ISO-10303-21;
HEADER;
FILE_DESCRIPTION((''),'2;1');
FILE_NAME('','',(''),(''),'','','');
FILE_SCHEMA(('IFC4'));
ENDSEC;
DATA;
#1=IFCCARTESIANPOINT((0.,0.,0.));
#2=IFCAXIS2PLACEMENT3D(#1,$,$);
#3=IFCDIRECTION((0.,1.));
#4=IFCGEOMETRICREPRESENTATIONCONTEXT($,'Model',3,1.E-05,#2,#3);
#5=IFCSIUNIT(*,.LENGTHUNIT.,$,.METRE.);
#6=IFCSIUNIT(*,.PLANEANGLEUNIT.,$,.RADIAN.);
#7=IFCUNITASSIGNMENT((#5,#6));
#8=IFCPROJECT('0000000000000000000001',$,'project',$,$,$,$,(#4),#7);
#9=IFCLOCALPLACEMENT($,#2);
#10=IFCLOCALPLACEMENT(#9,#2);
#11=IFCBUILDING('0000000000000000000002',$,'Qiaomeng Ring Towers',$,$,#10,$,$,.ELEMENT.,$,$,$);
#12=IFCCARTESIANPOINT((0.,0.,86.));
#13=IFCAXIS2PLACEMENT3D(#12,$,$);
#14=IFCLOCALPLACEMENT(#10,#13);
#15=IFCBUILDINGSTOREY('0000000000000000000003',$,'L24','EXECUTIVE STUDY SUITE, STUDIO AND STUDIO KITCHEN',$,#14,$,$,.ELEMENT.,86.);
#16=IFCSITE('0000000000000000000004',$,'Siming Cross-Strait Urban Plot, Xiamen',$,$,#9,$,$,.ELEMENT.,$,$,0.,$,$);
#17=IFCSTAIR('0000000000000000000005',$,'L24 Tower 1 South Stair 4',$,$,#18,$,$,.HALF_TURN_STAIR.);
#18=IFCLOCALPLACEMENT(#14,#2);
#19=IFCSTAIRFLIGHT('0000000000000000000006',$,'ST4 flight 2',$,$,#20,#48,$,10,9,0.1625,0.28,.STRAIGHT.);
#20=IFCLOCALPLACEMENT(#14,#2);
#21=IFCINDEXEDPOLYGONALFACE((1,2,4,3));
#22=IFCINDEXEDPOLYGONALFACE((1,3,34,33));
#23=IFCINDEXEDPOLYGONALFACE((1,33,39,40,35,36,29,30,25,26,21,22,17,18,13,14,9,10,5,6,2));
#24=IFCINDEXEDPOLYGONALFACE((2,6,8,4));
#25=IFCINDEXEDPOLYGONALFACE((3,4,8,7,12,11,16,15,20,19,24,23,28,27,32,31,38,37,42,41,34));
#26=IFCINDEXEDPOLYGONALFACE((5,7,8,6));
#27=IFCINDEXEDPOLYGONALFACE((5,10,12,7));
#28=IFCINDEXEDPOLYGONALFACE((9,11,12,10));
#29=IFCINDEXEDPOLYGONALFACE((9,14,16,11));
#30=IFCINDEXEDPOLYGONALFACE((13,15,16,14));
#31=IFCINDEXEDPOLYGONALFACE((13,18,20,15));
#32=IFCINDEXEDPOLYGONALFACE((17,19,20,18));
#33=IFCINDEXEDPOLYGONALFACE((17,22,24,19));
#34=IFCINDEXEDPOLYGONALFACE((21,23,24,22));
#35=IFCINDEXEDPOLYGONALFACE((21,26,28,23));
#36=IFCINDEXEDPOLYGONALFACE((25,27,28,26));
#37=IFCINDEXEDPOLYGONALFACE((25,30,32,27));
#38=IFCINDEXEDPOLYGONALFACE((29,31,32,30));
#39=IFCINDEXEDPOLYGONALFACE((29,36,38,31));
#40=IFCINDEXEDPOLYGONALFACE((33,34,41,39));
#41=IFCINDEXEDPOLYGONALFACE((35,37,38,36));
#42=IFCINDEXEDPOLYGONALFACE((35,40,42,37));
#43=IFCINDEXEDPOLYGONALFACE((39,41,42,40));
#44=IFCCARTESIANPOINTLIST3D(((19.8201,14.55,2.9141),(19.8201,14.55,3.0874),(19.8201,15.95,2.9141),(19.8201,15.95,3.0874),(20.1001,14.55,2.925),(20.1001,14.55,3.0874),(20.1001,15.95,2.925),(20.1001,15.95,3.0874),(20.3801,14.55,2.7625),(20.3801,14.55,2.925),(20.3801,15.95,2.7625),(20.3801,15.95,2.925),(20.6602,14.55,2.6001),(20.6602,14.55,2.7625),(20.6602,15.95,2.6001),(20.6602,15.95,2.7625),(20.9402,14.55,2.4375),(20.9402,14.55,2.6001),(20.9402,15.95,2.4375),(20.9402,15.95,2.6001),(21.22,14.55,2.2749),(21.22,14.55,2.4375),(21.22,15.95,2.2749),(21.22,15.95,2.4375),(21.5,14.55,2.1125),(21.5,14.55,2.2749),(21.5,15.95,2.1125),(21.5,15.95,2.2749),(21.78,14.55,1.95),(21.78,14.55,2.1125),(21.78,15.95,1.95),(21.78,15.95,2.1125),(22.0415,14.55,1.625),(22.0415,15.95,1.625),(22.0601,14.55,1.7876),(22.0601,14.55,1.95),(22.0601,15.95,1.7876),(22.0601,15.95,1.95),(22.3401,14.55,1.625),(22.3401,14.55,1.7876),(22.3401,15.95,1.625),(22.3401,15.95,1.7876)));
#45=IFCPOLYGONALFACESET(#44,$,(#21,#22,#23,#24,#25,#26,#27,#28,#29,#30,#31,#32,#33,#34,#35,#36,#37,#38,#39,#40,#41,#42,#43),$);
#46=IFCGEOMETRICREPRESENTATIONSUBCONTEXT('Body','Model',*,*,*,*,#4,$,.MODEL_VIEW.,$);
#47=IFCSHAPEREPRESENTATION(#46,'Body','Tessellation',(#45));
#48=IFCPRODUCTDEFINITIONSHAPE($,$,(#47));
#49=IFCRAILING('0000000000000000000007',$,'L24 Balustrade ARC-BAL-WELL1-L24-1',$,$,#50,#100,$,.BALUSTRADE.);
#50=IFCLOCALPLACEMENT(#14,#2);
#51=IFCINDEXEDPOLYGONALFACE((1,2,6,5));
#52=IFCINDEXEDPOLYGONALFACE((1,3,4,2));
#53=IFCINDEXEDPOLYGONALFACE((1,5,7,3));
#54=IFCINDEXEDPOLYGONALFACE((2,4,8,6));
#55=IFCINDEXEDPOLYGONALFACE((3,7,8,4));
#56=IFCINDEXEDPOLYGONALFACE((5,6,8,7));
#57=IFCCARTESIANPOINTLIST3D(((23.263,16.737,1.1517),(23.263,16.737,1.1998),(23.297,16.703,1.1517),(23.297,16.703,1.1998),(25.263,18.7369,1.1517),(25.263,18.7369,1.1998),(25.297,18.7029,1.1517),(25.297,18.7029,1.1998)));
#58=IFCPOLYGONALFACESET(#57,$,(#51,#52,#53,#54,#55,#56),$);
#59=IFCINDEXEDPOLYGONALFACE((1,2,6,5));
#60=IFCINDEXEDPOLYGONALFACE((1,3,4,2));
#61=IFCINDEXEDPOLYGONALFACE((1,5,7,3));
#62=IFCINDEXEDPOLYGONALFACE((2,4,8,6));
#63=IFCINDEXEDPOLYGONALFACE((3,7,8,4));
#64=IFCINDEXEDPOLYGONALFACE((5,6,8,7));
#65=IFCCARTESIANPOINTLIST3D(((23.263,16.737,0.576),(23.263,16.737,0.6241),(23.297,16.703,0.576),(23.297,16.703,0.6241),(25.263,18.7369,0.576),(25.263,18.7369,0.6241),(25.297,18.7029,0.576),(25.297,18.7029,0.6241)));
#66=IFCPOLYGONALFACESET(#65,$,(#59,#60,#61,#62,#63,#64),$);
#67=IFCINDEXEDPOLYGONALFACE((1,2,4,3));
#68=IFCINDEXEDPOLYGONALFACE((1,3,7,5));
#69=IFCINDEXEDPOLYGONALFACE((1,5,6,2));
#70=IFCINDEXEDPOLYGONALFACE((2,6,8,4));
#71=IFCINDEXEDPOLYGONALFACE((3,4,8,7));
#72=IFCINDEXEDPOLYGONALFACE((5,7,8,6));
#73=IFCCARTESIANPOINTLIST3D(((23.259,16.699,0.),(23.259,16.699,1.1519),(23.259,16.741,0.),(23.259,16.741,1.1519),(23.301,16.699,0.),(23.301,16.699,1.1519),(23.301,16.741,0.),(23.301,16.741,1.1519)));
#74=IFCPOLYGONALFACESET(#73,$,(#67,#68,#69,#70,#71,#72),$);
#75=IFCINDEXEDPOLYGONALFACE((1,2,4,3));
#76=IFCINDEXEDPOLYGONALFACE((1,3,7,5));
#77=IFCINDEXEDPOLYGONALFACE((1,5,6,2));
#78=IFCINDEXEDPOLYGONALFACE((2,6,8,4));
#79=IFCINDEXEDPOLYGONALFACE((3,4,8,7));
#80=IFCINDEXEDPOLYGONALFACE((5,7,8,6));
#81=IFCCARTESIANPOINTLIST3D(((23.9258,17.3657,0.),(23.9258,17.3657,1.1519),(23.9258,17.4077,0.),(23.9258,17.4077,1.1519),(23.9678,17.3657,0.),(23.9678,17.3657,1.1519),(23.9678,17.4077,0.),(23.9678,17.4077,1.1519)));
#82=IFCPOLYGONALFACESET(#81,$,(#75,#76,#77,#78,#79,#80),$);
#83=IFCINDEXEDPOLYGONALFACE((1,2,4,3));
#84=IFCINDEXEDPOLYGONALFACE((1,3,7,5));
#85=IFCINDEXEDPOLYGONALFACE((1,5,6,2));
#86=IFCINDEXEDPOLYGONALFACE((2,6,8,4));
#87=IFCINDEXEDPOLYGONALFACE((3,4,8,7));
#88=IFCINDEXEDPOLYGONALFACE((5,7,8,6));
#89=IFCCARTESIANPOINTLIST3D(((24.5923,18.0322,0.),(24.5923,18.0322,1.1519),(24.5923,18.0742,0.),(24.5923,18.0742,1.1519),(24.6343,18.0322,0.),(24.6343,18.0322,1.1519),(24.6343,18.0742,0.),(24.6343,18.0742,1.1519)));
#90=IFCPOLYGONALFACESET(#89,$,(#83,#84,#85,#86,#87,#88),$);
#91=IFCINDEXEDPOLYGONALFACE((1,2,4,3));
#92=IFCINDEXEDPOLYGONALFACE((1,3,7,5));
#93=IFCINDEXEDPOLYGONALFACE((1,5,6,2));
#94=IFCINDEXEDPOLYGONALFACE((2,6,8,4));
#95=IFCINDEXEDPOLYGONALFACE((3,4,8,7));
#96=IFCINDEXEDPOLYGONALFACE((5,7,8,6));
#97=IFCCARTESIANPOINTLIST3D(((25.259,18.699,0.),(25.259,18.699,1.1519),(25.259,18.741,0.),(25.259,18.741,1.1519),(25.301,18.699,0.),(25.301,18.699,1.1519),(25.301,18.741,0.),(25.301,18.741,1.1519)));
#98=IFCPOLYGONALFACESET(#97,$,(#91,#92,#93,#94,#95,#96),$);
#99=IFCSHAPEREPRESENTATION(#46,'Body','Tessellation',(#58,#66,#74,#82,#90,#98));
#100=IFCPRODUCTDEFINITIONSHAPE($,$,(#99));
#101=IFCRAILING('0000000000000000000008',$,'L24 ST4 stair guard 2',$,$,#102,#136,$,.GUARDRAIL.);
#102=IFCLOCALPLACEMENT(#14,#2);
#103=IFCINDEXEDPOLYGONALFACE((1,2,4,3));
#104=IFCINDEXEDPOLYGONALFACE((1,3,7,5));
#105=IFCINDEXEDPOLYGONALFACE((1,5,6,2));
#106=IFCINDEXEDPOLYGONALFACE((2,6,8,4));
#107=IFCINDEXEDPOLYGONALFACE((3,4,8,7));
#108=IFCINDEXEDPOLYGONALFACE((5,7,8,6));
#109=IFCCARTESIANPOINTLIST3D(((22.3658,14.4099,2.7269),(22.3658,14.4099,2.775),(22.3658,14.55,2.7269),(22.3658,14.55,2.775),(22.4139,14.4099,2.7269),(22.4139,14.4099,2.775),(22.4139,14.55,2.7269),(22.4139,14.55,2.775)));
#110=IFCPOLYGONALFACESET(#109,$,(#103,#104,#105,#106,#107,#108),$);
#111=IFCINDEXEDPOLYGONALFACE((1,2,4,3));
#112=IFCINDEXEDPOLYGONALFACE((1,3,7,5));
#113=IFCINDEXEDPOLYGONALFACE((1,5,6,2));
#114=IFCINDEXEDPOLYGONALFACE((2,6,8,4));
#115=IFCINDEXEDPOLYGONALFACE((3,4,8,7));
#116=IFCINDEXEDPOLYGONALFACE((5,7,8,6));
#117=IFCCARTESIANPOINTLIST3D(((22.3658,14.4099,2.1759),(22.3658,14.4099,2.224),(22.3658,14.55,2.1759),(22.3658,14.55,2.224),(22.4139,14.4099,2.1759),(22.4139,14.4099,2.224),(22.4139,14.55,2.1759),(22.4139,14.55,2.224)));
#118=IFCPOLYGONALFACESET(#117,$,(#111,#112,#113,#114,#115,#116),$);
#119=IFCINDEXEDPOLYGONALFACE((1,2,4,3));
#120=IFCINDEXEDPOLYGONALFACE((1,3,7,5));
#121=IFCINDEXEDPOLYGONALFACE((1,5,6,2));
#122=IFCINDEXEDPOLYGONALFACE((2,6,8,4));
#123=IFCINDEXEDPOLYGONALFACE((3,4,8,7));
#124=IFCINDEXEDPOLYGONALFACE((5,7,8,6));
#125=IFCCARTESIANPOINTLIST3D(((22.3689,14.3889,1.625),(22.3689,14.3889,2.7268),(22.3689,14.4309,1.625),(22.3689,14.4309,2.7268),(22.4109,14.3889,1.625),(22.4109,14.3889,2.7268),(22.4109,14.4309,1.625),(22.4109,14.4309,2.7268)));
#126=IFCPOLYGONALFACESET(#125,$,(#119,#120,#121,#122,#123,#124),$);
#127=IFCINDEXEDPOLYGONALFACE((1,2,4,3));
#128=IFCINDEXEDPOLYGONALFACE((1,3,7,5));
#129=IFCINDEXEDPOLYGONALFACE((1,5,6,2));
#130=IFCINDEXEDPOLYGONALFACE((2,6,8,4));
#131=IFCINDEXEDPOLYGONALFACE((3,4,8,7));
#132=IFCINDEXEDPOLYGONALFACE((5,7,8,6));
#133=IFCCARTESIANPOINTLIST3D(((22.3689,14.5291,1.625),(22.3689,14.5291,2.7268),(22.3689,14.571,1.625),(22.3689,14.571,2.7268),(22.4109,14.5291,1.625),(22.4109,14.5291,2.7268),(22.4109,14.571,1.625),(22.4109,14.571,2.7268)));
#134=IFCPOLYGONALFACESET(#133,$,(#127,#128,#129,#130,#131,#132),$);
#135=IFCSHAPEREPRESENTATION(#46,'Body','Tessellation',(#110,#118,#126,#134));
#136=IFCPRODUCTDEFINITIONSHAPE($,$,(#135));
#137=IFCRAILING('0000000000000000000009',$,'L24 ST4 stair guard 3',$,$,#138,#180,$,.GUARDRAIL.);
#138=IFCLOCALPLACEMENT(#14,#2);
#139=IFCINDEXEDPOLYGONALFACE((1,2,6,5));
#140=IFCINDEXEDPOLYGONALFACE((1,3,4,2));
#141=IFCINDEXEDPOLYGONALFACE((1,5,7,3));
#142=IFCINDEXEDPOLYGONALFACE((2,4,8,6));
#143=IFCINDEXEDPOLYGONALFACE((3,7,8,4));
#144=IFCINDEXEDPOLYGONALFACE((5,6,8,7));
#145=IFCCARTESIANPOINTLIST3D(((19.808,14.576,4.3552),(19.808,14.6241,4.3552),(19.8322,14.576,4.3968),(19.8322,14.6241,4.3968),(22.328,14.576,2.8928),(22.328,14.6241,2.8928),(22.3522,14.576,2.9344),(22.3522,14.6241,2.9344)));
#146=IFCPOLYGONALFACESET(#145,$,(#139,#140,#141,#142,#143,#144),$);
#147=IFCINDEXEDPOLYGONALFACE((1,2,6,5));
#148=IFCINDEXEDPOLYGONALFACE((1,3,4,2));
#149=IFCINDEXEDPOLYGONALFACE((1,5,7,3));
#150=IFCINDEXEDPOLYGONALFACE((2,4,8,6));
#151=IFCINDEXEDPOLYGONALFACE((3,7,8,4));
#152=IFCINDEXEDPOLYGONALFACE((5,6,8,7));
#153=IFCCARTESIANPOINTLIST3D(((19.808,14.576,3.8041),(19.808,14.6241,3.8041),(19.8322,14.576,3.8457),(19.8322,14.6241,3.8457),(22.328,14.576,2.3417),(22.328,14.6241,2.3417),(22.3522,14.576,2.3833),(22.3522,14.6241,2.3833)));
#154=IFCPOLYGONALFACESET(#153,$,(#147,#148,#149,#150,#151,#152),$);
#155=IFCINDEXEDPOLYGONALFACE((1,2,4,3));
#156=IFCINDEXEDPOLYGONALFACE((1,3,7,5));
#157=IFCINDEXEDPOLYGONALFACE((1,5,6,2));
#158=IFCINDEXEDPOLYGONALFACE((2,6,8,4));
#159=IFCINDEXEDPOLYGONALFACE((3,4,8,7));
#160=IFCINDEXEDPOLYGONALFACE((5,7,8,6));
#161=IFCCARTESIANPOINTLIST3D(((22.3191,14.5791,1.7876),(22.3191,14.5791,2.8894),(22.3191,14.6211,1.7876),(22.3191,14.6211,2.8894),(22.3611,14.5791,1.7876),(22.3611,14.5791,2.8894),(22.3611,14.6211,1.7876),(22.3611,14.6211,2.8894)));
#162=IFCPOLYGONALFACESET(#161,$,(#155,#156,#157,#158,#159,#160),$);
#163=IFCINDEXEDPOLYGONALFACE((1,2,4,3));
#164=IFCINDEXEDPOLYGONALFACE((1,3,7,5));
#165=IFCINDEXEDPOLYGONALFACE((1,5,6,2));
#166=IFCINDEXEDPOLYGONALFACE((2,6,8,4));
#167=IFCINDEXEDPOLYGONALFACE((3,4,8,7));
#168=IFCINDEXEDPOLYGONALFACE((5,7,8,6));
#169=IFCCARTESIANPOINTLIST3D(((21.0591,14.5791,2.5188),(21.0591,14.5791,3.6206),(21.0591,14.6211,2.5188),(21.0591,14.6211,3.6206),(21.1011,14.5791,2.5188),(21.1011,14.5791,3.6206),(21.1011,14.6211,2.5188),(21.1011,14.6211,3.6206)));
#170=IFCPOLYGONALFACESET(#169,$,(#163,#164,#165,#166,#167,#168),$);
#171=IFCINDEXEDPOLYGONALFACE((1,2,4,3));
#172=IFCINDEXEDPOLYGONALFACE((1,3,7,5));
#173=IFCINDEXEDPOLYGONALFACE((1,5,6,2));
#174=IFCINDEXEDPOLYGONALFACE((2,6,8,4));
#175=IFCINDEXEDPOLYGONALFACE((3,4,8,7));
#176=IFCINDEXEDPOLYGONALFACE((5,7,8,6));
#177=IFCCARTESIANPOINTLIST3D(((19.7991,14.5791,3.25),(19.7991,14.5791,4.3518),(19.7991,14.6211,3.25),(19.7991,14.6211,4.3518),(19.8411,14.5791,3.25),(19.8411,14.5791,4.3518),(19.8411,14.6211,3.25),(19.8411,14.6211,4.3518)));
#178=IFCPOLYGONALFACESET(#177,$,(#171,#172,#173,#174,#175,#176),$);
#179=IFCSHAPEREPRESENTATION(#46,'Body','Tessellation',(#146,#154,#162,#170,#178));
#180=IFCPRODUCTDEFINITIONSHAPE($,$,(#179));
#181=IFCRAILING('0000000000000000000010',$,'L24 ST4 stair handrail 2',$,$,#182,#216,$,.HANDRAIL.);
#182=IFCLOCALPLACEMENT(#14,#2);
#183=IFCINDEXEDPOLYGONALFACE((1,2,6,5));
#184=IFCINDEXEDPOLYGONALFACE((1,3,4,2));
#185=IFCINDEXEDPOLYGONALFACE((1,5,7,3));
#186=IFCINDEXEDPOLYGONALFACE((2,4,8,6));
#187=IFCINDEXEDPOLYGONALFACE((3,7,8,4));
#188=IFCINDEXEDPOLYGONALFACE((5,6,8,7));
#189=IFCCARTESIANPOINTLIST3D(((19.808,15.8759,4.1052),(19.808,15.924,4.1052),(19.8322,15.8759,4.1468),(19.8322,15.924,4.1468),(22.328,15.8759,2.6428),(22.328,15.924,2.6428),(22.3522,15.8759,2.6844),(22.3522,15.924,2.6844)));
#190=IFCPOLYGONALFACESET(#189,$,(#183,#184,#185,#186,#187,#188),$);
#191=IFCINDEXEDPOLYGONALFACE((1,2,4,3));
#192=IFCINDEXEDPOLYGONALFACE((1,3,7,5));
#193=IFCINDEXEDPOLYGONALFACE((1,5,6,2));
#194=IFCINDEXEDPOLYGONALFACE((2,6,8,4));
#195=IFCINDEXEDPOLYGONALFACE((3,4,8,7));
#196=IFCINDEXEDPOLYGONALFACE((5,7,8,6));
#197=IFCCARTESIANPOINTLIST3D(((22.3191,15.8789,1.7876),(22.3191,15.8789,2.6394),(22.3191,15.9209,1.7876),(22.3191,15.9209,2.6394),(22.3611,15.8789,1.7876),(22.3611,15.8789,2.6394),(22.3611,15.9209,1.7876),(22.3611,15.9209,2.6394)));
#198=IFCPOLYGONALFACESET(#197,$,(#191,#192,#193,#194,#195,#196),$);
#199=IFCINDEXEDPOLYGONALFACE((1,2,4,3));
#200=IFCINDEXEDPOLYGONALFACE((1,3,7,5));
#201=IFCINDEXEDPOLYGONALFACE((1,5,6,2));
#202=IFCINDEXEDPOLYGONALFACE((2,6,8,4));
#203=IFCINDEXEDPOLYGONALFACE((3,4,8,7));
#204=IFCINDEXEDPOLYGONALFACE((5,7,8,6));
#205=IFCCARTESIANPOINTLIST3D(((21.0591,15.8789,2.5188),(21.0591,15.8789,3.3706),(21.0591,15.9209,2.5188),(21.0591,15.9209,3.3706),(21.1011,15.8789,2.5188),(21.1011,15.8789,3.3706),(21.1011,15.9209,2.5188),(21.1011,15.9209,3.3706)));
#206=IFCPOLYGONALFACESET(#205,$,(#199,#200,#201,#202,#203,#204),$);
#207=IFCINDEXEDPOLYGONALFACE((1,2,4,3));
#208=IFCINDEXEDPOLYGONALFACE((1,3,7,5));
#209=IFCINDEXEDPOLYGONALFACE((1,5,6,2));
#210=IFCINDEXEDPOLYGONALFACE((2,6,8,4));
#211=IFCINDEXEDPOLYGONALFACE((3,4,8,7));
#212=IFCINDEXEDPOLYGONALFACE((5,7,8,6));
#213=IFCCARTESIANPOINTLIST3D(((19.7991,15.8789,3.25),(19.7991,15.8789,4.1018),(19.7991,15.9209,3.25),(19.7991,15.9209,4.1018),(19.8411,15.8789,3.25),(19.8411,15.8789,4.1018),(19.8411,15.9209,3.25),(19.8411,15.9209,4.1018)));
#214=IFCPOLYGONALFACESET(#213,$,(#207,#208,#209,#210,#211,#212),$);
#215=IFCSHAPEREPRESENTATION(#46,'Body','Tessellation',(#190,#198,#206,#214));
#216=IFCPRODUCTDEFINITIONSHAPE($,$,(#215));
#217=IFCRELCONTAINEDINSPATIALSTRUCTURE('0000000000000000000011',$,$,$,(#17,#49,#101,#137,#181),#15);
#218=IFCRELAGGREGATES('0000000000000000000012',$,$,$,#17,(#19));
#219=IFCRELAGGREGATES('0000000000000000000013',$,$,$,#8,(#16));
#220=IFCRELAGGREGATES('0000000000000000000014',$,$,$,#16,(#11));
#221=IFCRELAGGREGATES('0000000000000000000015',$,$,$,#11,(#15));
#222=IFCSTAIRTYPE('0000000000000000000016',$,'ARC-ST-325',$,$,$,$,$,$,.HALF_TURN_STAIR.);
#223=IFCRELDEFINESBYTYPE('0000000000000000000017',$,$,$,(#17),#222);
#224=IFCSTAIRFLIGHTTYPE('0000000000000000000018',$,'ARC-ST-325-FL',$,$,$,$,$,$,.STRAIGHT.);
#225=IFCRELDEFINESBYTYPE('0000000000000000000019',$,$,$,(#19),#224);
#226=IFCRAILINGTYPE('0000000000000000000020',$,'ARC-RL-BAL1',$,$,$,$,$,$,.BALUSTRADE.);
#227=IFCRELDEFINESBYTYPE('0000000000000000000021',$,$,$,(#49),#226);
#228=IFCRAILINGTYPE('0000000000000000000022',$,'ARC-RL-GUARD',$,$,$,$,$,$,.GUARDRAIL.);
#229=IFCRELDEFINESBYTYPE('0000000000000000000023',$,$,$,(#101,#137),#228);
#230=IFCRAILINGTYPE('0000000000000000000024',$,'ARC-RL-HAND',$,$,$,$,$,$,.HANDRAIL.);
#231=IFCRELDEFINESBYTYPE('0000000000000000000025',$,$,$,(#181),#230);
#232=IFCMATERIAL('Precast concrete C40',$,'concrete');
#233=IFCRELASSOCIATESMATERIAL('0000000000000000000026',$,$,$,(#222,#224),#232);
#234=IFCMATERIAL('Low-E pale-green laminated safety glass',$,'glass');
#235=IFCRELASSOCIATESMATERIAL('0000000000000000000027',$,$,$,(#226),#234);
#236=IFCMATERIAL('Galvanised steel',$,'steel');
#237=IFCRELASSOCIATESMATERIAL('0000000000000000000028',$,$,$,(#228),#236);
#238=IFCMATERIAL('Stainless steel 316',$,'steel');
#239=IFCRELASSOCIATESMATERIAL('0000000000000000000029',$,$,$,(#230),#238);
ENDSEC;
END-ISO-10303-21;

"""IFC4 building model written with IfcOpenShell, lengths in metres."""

from ifc_helpers import new_model, si_unit, direction, frame, origin, origin_2d, place, context, subcontext, project, spatial, polyline, rectangle, outline, extrude, source, transform, mapped, material, type_object, element, aggregate, save


model = new_model("IFC4")

# Units and contexts
model_context = context("Model", 3, precision=1e-05, world=origin(), true_north=direction((0.0, 1.0)))
body_context = subcontext(model_context, "Body", "Model", "MODEL_VIEW")
ifc_project = project(units=[si_unit("LENGTHUNIT", "METRE"), si_unit("PLANEANGLEUNIT", "RADIAN")], contexts=[model_context])

# Site, building, storey
site_placement = place(None, origin())
site = spatial("IfcSite", under=ifc_project, at=site_placement, Name="Siming Cross-Strait Urban Plot, Xiamen", CompositionType="ELEMENT", RefElevation=0.0)
building_placement = place(site_placement, origin())
building = spatial("IfcBuilding", under=site, at=building_placement, Name="Qiaomeng Ring Towers", CompositionType="ELEMENT")
storey_placement = place(building_placement, frame((0.0, 0.0, 86.0)))
storey = spatial("IfcBuildingStorey", under=building, at=storey_placement, Name="L24", Description="EXECUTIVE STUDY SUITE, STUDIO AND STUDIO KITCHEN", CompositionType="ELEMENT", Elevation=86.0)

# Shared definitions
ifc_material_1 = material(Name="Galvanised steel", Category="steel")

# Shared definitions
ifc_material_2 = material(Name="Stainless steel 316", Category="steel")

# Stair, stair flight
ifc_material_3 = material(Name="Precast concrete C40", Category="concrete")
stair_type = type_object("IfcStairType", Name="ARC-ST-325", PredefinedType="HALF_TURN_STAIR", material=ifc_material_3)
stair_placement = place(storey_placement, origin())
stair = element("IfcStair", 1, at=stair_placement, inside=storey, type_object=stair_type, Name="L24 Tower 1 South Stair 4", PredefinedType="HALF_TURN_STAIR")
stair_flight_type = type_object("IfcStairFlightType", Name="ARC-ST-325-FL", PredefinedType="STRAIGHT", material=ifc_material_3)
shared_shape_1 = source(origin(), body_context, "Body", "SweptSolid", [
    extrude(outline(polyline([(0.0, 0.0), (0.0, 0.1626), (0.28, 0.1626), (0.28, 0.325), (0.5601, 0.325), (0.5601, 0.4875), (0.8401, 0.4875), (0.8401, 0.6499), (1.1201, 0.6499), (1.1201, 0.8125), (1.3999, 0.8125), (1.3999, 0.9751), (1.6799, 0.9751), (1.6799, 1.1375), (1.96, 1.1375), (1.96, 1.3), (2.24, 1.3), (2.24, 1.4624), (2.52, 1.4624), (2.52, 1.625), (2.52, 1.2891), (0.2986, 0.0), (0.0, 0.0)])), frame((0.0, 0.7, 0.0), z_axis=(0.0, -1.0, 0.0), x_axis=(1.0, 0.0, 0.0)), (0.0, 0.0, 1.0), 1.3999),
])
stair_flight_placement = place(storey_placement, frame((22.3401, 15.25, 1.625), z_axis=(0.0, 0.0, 1.0), x_axis=(-1.0, 0.0, 0.0)))
stair_flight = element("IfcStairFlight", 2, at=stair_flight_placement, type_object=stair_flight_type, Name="ST4 flight 2", NumberOfRisers=10, NumberOfTreads=9, PredefinedType="STRAIGHT", RiserHeight=0.1625, TreadLength=0.28, context=body_context, shape_type="MappedRepresentation", body=[
    mapped(shared_shape_1, transform((0.0, 0.0, 0.0), x_axis=(1.0, 0.0, 0.0), y_axis=(0.0, 1.0, 0.0), z_axis=(0.0, 0.0, 1.0), scale=1.0)),
])
aggregate(stair, [stair_flight])

# Railings
ifc_material_4 = material(Name="Low-E pale-green laminated safety glass", Category="glass")
railing_type_1 = type_object("IfcRailingType", Name="ARC-RL-BAL1", PredefinedType="BALUSTRADE", material=ifc_material_4)
railing_1_placement = place(storey_placement, frame((23.28, 16.72, 0.0)))
element("IfcRailing", 3, at=railing_1_placement, inside=storey, type_object=railing_type_1, Name="L24 Balustrade ARC-BAL-WELL1-L24-1", PredefinedType="BALUSTRADE", context=body_context, shape_type="SweptSolid", body=[
    extrude(rectangle(XDim=0.0481, YDim=0.0481, at=origin_2d()), frame((0.0, 0.0, 1.1758), z_axis=(0.707107, 0.707107, 0.0), x_axis=(-0.707107, 0.707107, 0.0)), (0.0, 0.0, 1.0), 2.8284),
    extrude(rectangle(XDim=0.0481, YDim=0.0481, at=origin_2d()), frame((0.0, 0.0, 0.6001), z_axis=(0.707107, 0.707107, 0.0), x_axis=(-0.707107, 0.707107, 0.0)), (0.0, 0.0, 1.0), 2.8284),
    extrude(rectangle(XDim=0.042, YDim=0.042, at=origin_2d()), origin(), (0.0, 0.0, 1.0), 1.1519),
    extrude(rectangle(XDim=0.042, YDim=0.042, at=origin_2d()), frame((0.6667, 0.6667, 0.0)), (0.0, 0.0, 1.0), 1.1519),
    extrude(rectangle(XDim=0.042, YDim=0.042, at=origin_2d()), frame((1.3333, 1.3333, 0.0)), (0.0, 0.0, 1.0), 1.1519),
    extrude(rectangle(XDim=0.042, YDim=0.042, at=origin_2d()), frame((2.0, 2.0, 0.0)), (0.0, 0.0, 1.0), 1.1519),
])
railing_type_2 = type_object("IfcRailingType", Name="ARC-RL-GUARD", PredefinedType="GUARDRAIL", material=ifc_material_1)
railing_2_placement = place(storey_placement, frame((22.3899, 14.4099, 1.625)))
element("IfcRailing", 4, at=railing_2_placement, inside=storey, type_object=railing_type_2, Name="L24 ST4 stair guard 2", PredefinedType="GUARDRAIL", context=body_context, shape_type="SweptSolid", body=[
    extrude(rectangle(XDim=0.0481, YDim=0.0481, at=origin_2d()), frame((0.0, 0.0, 1.126), z_axis=(0.0, 1.0, 0.0), x_axis=(-1.0, 0.0, 0.0)), (0.0, 0.0, 1.0), 0.1401),
    extrude(rectangle(XDim=0.0481, YDim=0.0481, at=origin_2d()), frame((0.0, 0.0, 0.575), z_axis=(0.0, 1.0, 0.0), x_axis=(-1.0, 0.0, 0.0)), (0.0, 0.0, 1.0), 0.1401),
    extrude(rectangle(XDim=0.042, YDim=0.042, at=origin_2d()), origin(), (0.0, 0.0, 1.0), 1.1018),
    extrude(rectangle(XDim=0.042, YDim=0.042, at=origin_2d()), frame((0.0, 0.1401, 0.0)), (0.0, 0.0, 1.0), 1.1018),
])
railing_3_placement = place(storey_placement, frame((22.3401, 14.6001, 1.7876)))
element("IfcRailing", 5, at=railing_3_placement, inside=storey, type_object=railing_type_2, Name="L24 ST4 stair guard 3", PredefinedType="GUARDRAIL", context=body_context, shape_type="SweptSolid", body=[
    extrude(rectangle(XDim=0.0481, YDim=0.0481, at=origin_2d()), frame((0.0, 0.0, 1.126), z_axis=(-0.864913, 0.0, 0.501921), x_axis=(0.0, -1.0, 0.0)), (0.0, 0.0, 1.0), 2.9136),
    extrude(rectangle(XDim=0.0481, YDim=0.0481, at=origin_2d()), frame((0.0, 0.0, 0.575), z_axis=(-0.864913, 0.0, 0.501921), x_axis=(0.0, -1.0, 0.0)), (0.0, 0.0, 1.0), 2.9136),
    extrude(rectangle(XDim=0.042, YDim=0.042, at=origin_2d()), origin(), (0.0, 0.0, 1.0), 1.1018),
    extrude(rectangle(XDim=0.042, YDim=0.042, at=origin_2d()), frame((-1.26, 0.0, 0.7312)), (0.0, 0.0, 1.0), 1.1018),
    extrude(rectangle(XDim=0.042, YDim=0.042, at=origin_2d()), frame((-2.52, 0.0, 1.4624)), (0.0, 0.0, 1.0), 1.1018),
])
railing_type_3 = type_object("IfcRailingType", Name="ARC-RL-HAND", PredefinedType="HANDRAIL", material=ifc_material_2)
railing_4_placement = place(storey_placement, frame((22.3401, 15.8999, 1.7876)))
element("IfcRailing", 6, at=railing_4_placement, inside=storey, type_object=railing_type_3, Name="L24 ST4 stair handrail 2", PredefinedType="HANDRAIL", context=body_context, shape_type="SweptSolid", body=[
    extrude(rectangle(XDim=0.0481, YDim=0.0481, at=origin_2d()), frame((0.0, 0.0, 0.876), z_axis=(-0.864913, 0.0, 0.501921), x_axis=(0.0, -1.0, 0.0)), (0.0, 0.0, 1.0), 2.9136),
    extrude(rectangle(XDim=0.042, YDim=0.042, at=origin_2d()), origin(), (0.0, 0.0, 1.0), 0.8518),
    extrude(rectangle(XDim=0.042, YDim=0.042, at=origin_2d()), frame((-1.26, 0.0, 0.7312)), (0.0, 0.0, 1.0), 0.8518),
    extrude(rectangle(XDim=0.042, YDim=0.042, at=origin_2d()), frame((-2.52, 0.0, 1.4624)), (0.0, 0.0, 1.0), 0.8518),
])

save(model, "model.ifc")
